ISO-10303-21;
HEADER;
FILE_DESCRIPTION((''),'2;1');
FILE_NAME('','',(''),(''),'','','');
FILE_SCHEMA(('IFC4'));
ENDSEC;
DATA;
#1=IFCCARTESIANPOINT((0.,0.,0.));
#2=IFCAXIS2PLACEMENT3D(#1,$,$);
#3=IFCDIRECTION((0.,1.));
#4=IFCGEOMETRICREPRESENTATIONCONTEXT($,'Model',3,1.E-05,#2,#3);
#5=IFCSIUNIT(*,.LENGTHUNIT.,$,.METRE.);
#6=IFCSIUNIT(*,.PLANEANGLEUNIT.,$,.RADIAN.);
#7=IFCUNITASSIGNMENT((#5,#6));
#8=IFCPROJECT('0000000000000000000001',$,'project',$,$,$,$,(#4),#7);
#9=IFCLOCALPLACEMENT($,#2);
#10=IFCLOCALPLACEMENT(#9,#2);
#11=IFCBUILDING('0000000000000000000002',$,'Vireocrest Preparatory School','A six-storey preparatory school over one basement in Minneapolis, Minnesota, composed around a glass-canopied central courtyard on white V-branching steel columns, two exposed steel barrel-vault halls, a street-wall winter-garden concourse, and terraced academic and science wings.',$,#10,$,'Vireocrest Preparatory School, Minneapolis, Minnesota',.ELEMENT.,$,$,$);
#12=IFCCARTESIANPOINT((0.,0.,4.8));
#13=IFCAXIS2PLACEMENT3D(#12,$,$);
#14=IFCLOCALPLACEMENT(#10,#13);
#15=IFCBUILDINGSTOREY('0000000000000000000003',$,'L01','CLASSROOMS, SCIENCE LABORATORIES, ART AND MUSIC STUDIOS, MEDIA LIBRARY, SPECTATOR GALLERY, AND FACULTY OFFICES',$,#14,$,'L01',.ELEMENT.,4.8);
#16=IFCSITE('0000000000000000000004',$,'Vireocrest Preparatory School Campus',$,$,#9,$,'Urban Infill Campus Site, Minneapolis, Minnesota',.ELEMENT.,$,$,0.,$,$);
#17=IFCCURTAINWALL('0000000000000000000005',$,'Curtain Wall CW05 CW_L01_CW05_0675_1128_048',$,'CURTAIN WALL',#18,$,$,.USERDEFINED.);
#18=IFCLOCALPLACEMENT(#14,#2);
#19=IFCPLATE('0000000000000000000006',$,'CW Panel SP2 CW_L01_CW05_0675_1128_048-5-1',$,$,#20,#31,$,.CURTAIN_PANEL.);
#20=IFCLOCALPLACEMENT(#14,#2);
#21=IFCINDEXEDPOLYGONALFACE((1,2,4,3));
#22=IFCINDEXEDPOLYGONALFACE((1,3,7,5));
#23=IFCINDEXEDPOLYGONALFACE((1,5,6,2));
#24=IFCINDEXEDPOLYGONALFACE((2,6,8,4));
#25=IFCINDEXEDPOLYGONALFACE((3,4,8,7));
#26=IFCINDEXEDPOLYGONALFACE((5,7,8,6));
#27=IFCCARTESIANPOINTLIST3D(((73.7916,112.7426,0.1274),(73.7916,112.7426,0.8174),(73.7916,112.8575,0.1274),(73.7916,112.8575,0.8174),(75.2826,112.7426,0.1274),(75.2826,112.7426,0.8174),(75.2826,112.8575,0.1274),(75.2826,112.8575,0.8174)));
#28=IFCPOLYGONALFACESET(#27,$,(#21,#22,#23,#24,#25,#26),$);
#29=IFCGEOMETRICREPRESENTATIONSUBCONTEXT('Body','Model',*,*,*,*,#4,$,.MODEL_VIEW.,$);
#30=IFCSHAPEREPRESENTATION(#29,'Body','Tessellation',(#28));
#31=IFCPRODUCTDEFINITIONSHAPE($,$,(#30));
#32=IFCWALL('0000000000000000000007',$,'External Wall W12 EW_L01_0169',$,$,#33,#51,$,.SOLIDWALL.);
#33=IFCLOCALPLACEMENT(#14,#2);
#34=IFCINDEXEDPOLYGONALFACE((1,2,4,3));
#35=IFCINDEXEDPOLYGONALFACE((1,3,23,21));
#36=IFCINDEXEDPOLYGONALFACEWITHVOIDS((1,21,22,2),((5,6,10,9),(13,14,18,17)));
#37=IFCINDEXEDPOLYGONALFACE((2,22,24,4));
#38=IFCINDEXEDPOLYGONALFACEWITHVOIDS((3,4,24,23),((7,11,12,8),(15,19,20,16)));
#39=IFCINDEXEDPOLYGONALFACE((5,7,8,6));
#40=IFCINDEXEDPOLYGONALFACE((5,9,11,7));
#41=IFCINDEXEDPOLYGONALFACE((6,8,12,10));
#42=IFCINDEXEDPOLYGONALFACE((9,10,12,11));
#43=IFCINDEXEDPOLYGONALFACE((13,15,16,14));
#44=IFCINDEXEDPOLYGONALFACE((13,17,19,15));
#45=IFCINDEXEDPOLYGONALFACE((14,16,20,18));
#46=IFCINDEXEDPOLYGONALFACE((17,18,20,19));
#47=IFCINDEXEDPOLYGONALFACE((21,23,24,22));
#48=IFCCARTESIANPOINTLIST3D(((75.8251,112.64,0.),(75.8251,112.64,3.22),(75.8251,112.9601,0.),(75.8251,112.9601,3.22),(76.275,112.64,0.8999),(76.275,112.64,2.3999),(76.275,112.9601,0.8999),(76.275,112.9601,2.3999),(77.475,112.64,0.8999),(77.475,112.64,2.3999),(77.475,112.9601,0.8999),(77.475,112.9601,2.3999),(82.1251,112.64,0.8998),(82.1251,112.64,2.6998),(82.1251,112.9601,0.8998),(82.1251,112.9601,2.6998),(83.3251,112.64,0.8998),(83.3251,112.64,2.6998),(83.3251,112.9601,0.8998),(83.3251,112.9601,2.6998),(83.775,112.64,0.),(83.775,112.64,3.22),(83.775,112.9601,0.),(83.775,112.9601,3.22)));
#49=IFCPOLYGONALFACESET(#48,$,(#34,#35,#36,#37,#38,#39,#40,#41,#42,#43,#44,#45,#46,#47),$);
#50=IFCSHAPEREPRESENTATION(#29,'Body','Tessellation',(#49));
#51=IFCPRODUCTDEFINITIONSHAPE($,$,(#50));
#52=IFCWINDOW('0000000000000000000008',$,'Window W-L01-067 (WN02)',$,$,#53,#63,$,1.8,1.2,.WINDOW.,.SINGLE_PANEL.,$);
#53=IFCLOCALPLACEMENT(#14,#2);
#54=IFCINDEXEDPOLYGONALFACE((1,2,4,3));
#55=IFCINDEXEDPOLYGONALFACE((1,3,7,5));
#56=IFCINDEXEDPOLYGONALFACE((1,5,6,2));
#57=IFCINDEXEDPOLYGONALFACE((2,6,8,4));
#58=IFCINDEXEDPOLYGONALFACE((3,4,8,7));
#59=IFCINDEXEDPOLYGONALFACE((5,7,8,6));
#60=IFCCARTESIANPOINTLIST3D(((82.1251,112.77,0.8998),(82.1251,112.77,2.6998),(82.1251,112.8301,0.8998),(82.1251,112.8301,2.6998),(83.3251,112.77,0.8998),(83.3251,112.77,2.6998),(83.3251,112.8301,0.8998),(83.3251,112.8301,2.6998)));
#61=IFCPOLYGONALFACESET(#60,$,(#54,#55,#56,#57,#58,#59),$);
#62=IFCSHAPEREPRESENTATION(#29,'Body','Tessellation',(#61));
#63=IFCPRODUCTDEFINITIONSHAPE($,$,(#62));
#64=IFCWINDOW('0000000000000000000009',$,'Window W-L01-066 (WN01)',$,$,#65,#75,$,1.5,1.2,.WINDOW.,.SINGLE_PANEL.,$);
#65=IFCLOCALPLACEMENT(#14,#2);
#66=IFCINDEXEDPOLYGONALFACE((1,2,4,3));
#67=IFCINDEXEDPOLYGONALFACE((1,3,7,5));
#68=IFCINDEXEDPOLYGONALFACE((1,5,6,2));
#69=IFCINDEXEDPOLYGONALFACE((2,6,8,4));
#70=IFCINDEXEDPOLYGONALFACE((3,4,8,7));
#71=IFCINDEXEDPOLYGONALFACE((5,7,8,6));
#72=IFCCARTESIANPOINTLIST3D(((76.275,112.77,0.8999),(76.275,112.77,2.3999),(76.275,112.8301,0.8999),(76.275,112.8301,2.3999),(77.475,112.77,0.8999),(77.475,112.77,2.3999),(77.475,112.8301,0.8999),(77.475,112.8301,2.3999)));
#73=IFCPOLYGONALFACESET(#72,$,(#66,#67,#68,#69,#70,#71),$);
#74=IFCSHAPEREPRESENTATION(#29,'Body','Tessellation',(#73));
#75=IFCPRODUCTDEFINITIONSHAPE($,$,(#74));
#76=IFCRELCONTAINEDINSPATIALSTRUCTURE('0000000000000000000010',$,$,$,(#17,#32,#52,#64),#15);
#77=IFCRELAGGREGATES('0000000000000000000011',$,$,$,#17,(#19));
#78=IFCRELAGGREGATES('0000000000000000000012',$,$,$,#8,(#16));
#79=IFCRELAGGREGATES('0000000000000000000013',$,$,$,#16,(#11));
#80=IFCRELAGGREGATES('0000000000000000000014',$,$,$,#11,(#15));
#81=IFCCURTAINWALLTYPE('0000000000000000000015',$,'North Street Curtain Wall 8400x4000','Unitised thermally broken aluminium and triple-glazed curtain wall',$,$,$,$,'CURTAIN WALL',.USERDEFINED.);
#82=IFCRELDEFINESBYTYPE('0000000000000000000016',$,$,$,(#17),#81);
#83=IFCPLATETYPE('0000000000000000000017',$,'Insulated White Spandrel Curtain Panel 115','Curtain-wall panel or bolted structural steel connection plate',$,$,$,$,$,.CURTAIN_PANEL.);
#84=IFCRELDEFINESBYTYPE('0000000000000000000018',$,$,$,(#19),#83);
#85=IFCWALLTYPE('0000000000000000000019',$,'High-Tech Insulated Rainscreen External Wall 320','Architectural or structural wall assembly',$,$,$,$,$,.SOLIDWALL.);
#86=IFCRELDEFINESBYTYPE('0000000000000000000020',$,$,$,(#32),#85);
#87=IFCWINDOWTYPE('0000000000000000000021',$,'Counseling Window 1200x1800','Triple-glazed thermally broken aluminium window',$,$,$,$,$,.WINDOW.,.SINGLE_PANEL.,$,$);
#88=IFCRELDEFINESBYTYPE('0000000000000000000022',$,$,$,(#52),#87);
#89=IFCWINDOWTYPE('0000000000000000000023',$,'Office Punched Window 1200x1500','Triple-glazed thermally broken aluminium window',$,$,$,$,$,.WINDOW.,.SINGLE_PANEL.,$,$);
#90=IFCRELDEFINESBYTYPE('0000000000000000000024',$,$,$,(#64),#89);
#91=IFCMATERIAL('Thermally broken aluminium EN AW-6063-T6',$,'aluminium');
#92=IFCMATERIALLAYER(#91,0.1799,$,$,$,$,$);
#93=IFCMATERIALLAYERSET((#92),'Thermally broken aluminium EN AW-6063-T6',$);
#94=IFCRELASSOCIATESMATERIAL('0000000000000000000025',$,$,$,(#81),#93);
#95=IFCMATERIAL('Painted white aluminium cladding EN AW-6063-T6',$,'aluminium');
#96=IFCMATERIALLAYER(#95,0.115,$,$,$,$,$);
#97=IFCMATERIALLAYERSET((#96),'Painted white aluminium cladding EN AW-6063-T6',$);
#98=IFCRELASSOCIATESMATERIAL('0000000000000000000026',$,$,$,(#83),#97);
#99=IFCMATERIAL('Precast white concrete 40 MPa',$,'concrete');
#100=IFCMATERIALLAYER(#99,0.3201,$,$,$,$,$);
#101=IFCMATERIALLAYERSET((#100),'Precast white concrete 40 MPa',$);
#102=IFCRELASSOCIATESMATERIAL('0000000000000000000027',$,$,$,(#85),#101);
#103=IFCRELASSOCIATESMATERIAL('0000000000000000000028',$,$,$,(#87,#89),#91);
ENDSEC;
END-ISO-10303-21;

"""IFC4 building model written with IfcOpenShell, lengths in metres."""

from ifc_helpers import new_model, si_unit, direction, frame, frame_2d, origin, origin_2d, place, context, subcontext, project, spatial, rectangle, extrude, material, layer, layer_set, type_object, element, fill, aggregate, save


model = new_model("IFC4")

# Units and contexts
model_context = context("Model", 3, precision=1e-05, world=origin(), true_north=direction((0.0, 1.0)))
body_context = subcontext(model_context, "Body", "Model", "MODEL_VIEW")
ifc_project = project(units=[si_unit("LENGTHUNIT", "METRE"), si_unit("PLANEANGLEUNIT", "RADIAN")], contexts=[model_context])

# Site, building, storey
site_placement = place(None, origin())
site = spatial("IfcSite", under=ifc_project, at=site_placement, Name="Vireocrest Preparatory School Campus", LongName="Urban Infill Campus Site, Minneapolis, Minnesota", CompositionType="ELEMENT", RefElevation=0.0)
building_placement = place(site_placement, origin())
building = spatial("IfcBuilding", under=site, at=building_placement, Name="Vireocrest Preparatory School", Description="A six-storey preparatory school over one basement in Minneapolis, Minnesota, composed around a glass-canopied central courtyard on white V-branching steel columns, two exposed steel barrel-vault halls, a street-wall winter-garden concourse, and terraced academic and science wings.", LongName="Vireocrest Preparatory School, Minneapolis, Minnesota", CompositionType="ELEMENT")
storey_placement = place(building_placement, frame((0.0, 0.0, 4.8)))
storey = spatial("IfcBuildingStorey", under=building, at=storey_placement, Name="L01", Description="CLASSROOMS, SCIENCE LABORATORIES, ART AND MUSIC STUDIOS, MEDIA LIBRARY, SPECTATOR GALLERY, AND FACULTY OFFICES", LongName="L01", CompositionType="ELEMENT", Elevation=4.8)

# Curtain wall
ifc_material_1 = material(Name="Thermally broken aluminium EN AW-6063-T6", Category="aluminium")
ifc_layer_1 = layer(ifc_material_1, 0.1799)
ifc_layer_set_1 = layer_set([ifc_layer_1], Name="Thermally broken aluminium EN AW-6063-T6")
curtain_wall_type = type_object("IfcCurtainWallType", Name="North Street Curtain Wall 8400x4000", Description="Unitised thermally broken aluminium and triple-glazed curtain wall", ElementType="CURTAIN WALL", PredefinedType="USERDEFINED", material=ifc_layer_set_1)
curtain_wall_1_placement = place(storey_placement, origin())
curtain_wall_1 = element("IfcCurtainWall", 1, at=curtain_wall_1_placement, inside=storey, type_object=curtain_wall_type, Name="Curtain Wall CW05 CW_L01_CW05_0675_1128_048", ObjectType="CURTAIN WALL", PredefinedType="USERDEFINED")

# Plate
ifc_material_2 = material(Name="Painted white aluminium cladding EN AW-6063-T6", Category="aluminium")
ifc_layer_2 = layer(ifc_material_2, 0.115)
ifc_layer_set_2 = layer_set([ifc_layer_2], Name="Painted white aluminium cladding EN AW-6063-T6")
plate_type_1 = type_object("IfcPlateType", Name="Insulated White Spandrel Curtain Panel 115", Description="Curtain-wall panel or bolted structural steel connection plate", PredefinedType="CURTAIN_PANEL", material=ifc_layer_set_2)
plate_1_placement = place(storey_placement, frame((74.5371, 112.8, 0.1274), z_axis=(0.0, 0.0, 1.0), x_axis=(1.0, 0.0, 0.0)))
plate_1 = element("IfcPlate", 2, at=plate_1_placement, type_object=plate_type_1, Name="CW Panel SP2 CW_L01_CW05_0675_1128_048-5-1", PredefinedType="CURTAIN_PANEL", context=body_context, shape_type="SweptSolid", body=[
    extrude(rectangle(XDim=1.491, YDim=0.115, at=origin_2d()), origin(), (0.0, 0.0, 1.0), 0.6899),
])
aggregate(curtain_wall_1, [plate_1])

# Wall, openings, windows
ifc_material_3 = material(Name="Precast white concrete 40 MPa", Category="concrete")
ifc_layer_3 = layer(ifc_material_3, 0.3201)
ifc_layer_set_3 = layer_set([ifc_layer_3], Name="Precast white concrete 40 MPa")
wall_type = type_object("IfcWallType", Name="High-Tech Insulated Rainscreen External Wall 320", Description="Architectural or structural wall assembly", PredefinedType="SOLIDWALL", material=ifc_layer_set_3)
wall_placement = place(storey_placement, frame((75.825, 112.8, 0.0), z_axis=(0.0, 0.0, 1.0), x_axis=(1.0, 0.0, 0.0)))
wall = element("IfcWall", 3, at=wall_placement, inside=storey, type_object=wall_type, Name="External Wall W12 EW_L01_0169", PredefinedType="SOLIDWALL", context=body_context, shape_type="SweptSolid", body=[
    extrude(rectangle(XDim=7.95, YDim=0.3201, at=frame_2d((3.9751, 0.0))), origin(), (0.0, 0.0, 1.0), 3.22),
])
opening_1_placement = place(wall_placement, frame((0.45, 0.0, 0.8999)))
opening_1 = element("IfcOpeningElement", 4, at=opening_1_placement, cuts=wall, PredefinedType="OPENING", context=body_context, shape_type="SweptSolid", body=[
    extrude(rectangle(XDim=1.2, YDim=1.5, at=frame_2d((0.6001, 0.75))), frame((0.0, 0.1699, 0.0), z_axis=(0.0, -1.0, 0.0), x_axis=(1.0, 0.0, 0.0)), (0.0, 0.0, 1.0), 0.3401),
])
opening_2_placement = place(wall_placement, frame((6.3, 0.0, 0.8999)))
opening_2 = element("IfcOpeningElement", 5, at=opening_2_placement, cuts=wall, PredefinedType="OPENING", context=body_context, shape_type="SweptSolid", body=[
    extrude(rectangle(XDim=1.2, YDim=1.8, at=frame_2d((0.6001, 0.8999))), frame((0.0, 0.1699, 0.0), z_axis=(0.0, -1.0, 0.0), x_axis=(1.0, 0.0, 0.0)), (0.0, 0.0, 1.0), 0.3401),
])
window_type_1 = type_object("IfcWindowType", Name="Counseling Window 1200x1800", Description="Triple-glazed thermally broken aluminium window", PartitioningType="SINGLE_PANEL", PredefinedType="WINDOW", material=ifc_material_1)
window_1_placement = place(opening_2_placement, origin())
window_1 = element("IfcWindow", 6, at=window_1_placement, inside=storey, type_object=window_type_1, Name="Window W-L01-067 (WN02)", OverallHeight=1.8, OverallWidth=1.2, PartitioningType="SINGLE_PANEL", PredefinedType="WINDOW", context=body_context, shape_type="SweptSolid", body=[
    extrude(rectangle(XDim=1.2, YDim=1.8, at=frame_2d((0.6001, 0.8999))), frame((0.0, 0.03, 0.0), z_axis=(0.0, -1.0, 0.0), x_axis=(1.0, 0.0, 0.0)), (0.0, 0.0, 1.0), 0.0601),
])
fill(opening_2, window_1)
window_type_2 = type_object("IfcWindowType", Name="Office Punched Window 1200x1500", Description="Triple-glazed thermally broken aluminium window", PartitioningType="SINGLE_PANEL", PredefinedType="WINDOW", material=ifc_material_1)
window_2_placement = place(opening_1_placement, origin())
window_2 = element("IfcWindow", 7, at=window_2_placement, inside=storey, type_object=window_type_2, Name="Window W-L01-066 (WN01)", OverallHeight=1.5, OverallWidth=1.2, PartitioningType="SINGLE_PANEL", PredefinedType="WINDOW", context=body_context, shape_type="SweptSolid", body=[
    extrude(rectangle(XDim=1.2, YDim=1.5, at=frame_2d((0.6001, 0.75))), frame((0.0, 0.03, 0.0), z_axis=(0.0, -1.0, 0.0), x_axis=(1.0, 0.0, 0.0)), (0.0, 0.0, 1.0), 0.0601),
])
fill(opening_1, window_2)

save(model, "model.ifc")
